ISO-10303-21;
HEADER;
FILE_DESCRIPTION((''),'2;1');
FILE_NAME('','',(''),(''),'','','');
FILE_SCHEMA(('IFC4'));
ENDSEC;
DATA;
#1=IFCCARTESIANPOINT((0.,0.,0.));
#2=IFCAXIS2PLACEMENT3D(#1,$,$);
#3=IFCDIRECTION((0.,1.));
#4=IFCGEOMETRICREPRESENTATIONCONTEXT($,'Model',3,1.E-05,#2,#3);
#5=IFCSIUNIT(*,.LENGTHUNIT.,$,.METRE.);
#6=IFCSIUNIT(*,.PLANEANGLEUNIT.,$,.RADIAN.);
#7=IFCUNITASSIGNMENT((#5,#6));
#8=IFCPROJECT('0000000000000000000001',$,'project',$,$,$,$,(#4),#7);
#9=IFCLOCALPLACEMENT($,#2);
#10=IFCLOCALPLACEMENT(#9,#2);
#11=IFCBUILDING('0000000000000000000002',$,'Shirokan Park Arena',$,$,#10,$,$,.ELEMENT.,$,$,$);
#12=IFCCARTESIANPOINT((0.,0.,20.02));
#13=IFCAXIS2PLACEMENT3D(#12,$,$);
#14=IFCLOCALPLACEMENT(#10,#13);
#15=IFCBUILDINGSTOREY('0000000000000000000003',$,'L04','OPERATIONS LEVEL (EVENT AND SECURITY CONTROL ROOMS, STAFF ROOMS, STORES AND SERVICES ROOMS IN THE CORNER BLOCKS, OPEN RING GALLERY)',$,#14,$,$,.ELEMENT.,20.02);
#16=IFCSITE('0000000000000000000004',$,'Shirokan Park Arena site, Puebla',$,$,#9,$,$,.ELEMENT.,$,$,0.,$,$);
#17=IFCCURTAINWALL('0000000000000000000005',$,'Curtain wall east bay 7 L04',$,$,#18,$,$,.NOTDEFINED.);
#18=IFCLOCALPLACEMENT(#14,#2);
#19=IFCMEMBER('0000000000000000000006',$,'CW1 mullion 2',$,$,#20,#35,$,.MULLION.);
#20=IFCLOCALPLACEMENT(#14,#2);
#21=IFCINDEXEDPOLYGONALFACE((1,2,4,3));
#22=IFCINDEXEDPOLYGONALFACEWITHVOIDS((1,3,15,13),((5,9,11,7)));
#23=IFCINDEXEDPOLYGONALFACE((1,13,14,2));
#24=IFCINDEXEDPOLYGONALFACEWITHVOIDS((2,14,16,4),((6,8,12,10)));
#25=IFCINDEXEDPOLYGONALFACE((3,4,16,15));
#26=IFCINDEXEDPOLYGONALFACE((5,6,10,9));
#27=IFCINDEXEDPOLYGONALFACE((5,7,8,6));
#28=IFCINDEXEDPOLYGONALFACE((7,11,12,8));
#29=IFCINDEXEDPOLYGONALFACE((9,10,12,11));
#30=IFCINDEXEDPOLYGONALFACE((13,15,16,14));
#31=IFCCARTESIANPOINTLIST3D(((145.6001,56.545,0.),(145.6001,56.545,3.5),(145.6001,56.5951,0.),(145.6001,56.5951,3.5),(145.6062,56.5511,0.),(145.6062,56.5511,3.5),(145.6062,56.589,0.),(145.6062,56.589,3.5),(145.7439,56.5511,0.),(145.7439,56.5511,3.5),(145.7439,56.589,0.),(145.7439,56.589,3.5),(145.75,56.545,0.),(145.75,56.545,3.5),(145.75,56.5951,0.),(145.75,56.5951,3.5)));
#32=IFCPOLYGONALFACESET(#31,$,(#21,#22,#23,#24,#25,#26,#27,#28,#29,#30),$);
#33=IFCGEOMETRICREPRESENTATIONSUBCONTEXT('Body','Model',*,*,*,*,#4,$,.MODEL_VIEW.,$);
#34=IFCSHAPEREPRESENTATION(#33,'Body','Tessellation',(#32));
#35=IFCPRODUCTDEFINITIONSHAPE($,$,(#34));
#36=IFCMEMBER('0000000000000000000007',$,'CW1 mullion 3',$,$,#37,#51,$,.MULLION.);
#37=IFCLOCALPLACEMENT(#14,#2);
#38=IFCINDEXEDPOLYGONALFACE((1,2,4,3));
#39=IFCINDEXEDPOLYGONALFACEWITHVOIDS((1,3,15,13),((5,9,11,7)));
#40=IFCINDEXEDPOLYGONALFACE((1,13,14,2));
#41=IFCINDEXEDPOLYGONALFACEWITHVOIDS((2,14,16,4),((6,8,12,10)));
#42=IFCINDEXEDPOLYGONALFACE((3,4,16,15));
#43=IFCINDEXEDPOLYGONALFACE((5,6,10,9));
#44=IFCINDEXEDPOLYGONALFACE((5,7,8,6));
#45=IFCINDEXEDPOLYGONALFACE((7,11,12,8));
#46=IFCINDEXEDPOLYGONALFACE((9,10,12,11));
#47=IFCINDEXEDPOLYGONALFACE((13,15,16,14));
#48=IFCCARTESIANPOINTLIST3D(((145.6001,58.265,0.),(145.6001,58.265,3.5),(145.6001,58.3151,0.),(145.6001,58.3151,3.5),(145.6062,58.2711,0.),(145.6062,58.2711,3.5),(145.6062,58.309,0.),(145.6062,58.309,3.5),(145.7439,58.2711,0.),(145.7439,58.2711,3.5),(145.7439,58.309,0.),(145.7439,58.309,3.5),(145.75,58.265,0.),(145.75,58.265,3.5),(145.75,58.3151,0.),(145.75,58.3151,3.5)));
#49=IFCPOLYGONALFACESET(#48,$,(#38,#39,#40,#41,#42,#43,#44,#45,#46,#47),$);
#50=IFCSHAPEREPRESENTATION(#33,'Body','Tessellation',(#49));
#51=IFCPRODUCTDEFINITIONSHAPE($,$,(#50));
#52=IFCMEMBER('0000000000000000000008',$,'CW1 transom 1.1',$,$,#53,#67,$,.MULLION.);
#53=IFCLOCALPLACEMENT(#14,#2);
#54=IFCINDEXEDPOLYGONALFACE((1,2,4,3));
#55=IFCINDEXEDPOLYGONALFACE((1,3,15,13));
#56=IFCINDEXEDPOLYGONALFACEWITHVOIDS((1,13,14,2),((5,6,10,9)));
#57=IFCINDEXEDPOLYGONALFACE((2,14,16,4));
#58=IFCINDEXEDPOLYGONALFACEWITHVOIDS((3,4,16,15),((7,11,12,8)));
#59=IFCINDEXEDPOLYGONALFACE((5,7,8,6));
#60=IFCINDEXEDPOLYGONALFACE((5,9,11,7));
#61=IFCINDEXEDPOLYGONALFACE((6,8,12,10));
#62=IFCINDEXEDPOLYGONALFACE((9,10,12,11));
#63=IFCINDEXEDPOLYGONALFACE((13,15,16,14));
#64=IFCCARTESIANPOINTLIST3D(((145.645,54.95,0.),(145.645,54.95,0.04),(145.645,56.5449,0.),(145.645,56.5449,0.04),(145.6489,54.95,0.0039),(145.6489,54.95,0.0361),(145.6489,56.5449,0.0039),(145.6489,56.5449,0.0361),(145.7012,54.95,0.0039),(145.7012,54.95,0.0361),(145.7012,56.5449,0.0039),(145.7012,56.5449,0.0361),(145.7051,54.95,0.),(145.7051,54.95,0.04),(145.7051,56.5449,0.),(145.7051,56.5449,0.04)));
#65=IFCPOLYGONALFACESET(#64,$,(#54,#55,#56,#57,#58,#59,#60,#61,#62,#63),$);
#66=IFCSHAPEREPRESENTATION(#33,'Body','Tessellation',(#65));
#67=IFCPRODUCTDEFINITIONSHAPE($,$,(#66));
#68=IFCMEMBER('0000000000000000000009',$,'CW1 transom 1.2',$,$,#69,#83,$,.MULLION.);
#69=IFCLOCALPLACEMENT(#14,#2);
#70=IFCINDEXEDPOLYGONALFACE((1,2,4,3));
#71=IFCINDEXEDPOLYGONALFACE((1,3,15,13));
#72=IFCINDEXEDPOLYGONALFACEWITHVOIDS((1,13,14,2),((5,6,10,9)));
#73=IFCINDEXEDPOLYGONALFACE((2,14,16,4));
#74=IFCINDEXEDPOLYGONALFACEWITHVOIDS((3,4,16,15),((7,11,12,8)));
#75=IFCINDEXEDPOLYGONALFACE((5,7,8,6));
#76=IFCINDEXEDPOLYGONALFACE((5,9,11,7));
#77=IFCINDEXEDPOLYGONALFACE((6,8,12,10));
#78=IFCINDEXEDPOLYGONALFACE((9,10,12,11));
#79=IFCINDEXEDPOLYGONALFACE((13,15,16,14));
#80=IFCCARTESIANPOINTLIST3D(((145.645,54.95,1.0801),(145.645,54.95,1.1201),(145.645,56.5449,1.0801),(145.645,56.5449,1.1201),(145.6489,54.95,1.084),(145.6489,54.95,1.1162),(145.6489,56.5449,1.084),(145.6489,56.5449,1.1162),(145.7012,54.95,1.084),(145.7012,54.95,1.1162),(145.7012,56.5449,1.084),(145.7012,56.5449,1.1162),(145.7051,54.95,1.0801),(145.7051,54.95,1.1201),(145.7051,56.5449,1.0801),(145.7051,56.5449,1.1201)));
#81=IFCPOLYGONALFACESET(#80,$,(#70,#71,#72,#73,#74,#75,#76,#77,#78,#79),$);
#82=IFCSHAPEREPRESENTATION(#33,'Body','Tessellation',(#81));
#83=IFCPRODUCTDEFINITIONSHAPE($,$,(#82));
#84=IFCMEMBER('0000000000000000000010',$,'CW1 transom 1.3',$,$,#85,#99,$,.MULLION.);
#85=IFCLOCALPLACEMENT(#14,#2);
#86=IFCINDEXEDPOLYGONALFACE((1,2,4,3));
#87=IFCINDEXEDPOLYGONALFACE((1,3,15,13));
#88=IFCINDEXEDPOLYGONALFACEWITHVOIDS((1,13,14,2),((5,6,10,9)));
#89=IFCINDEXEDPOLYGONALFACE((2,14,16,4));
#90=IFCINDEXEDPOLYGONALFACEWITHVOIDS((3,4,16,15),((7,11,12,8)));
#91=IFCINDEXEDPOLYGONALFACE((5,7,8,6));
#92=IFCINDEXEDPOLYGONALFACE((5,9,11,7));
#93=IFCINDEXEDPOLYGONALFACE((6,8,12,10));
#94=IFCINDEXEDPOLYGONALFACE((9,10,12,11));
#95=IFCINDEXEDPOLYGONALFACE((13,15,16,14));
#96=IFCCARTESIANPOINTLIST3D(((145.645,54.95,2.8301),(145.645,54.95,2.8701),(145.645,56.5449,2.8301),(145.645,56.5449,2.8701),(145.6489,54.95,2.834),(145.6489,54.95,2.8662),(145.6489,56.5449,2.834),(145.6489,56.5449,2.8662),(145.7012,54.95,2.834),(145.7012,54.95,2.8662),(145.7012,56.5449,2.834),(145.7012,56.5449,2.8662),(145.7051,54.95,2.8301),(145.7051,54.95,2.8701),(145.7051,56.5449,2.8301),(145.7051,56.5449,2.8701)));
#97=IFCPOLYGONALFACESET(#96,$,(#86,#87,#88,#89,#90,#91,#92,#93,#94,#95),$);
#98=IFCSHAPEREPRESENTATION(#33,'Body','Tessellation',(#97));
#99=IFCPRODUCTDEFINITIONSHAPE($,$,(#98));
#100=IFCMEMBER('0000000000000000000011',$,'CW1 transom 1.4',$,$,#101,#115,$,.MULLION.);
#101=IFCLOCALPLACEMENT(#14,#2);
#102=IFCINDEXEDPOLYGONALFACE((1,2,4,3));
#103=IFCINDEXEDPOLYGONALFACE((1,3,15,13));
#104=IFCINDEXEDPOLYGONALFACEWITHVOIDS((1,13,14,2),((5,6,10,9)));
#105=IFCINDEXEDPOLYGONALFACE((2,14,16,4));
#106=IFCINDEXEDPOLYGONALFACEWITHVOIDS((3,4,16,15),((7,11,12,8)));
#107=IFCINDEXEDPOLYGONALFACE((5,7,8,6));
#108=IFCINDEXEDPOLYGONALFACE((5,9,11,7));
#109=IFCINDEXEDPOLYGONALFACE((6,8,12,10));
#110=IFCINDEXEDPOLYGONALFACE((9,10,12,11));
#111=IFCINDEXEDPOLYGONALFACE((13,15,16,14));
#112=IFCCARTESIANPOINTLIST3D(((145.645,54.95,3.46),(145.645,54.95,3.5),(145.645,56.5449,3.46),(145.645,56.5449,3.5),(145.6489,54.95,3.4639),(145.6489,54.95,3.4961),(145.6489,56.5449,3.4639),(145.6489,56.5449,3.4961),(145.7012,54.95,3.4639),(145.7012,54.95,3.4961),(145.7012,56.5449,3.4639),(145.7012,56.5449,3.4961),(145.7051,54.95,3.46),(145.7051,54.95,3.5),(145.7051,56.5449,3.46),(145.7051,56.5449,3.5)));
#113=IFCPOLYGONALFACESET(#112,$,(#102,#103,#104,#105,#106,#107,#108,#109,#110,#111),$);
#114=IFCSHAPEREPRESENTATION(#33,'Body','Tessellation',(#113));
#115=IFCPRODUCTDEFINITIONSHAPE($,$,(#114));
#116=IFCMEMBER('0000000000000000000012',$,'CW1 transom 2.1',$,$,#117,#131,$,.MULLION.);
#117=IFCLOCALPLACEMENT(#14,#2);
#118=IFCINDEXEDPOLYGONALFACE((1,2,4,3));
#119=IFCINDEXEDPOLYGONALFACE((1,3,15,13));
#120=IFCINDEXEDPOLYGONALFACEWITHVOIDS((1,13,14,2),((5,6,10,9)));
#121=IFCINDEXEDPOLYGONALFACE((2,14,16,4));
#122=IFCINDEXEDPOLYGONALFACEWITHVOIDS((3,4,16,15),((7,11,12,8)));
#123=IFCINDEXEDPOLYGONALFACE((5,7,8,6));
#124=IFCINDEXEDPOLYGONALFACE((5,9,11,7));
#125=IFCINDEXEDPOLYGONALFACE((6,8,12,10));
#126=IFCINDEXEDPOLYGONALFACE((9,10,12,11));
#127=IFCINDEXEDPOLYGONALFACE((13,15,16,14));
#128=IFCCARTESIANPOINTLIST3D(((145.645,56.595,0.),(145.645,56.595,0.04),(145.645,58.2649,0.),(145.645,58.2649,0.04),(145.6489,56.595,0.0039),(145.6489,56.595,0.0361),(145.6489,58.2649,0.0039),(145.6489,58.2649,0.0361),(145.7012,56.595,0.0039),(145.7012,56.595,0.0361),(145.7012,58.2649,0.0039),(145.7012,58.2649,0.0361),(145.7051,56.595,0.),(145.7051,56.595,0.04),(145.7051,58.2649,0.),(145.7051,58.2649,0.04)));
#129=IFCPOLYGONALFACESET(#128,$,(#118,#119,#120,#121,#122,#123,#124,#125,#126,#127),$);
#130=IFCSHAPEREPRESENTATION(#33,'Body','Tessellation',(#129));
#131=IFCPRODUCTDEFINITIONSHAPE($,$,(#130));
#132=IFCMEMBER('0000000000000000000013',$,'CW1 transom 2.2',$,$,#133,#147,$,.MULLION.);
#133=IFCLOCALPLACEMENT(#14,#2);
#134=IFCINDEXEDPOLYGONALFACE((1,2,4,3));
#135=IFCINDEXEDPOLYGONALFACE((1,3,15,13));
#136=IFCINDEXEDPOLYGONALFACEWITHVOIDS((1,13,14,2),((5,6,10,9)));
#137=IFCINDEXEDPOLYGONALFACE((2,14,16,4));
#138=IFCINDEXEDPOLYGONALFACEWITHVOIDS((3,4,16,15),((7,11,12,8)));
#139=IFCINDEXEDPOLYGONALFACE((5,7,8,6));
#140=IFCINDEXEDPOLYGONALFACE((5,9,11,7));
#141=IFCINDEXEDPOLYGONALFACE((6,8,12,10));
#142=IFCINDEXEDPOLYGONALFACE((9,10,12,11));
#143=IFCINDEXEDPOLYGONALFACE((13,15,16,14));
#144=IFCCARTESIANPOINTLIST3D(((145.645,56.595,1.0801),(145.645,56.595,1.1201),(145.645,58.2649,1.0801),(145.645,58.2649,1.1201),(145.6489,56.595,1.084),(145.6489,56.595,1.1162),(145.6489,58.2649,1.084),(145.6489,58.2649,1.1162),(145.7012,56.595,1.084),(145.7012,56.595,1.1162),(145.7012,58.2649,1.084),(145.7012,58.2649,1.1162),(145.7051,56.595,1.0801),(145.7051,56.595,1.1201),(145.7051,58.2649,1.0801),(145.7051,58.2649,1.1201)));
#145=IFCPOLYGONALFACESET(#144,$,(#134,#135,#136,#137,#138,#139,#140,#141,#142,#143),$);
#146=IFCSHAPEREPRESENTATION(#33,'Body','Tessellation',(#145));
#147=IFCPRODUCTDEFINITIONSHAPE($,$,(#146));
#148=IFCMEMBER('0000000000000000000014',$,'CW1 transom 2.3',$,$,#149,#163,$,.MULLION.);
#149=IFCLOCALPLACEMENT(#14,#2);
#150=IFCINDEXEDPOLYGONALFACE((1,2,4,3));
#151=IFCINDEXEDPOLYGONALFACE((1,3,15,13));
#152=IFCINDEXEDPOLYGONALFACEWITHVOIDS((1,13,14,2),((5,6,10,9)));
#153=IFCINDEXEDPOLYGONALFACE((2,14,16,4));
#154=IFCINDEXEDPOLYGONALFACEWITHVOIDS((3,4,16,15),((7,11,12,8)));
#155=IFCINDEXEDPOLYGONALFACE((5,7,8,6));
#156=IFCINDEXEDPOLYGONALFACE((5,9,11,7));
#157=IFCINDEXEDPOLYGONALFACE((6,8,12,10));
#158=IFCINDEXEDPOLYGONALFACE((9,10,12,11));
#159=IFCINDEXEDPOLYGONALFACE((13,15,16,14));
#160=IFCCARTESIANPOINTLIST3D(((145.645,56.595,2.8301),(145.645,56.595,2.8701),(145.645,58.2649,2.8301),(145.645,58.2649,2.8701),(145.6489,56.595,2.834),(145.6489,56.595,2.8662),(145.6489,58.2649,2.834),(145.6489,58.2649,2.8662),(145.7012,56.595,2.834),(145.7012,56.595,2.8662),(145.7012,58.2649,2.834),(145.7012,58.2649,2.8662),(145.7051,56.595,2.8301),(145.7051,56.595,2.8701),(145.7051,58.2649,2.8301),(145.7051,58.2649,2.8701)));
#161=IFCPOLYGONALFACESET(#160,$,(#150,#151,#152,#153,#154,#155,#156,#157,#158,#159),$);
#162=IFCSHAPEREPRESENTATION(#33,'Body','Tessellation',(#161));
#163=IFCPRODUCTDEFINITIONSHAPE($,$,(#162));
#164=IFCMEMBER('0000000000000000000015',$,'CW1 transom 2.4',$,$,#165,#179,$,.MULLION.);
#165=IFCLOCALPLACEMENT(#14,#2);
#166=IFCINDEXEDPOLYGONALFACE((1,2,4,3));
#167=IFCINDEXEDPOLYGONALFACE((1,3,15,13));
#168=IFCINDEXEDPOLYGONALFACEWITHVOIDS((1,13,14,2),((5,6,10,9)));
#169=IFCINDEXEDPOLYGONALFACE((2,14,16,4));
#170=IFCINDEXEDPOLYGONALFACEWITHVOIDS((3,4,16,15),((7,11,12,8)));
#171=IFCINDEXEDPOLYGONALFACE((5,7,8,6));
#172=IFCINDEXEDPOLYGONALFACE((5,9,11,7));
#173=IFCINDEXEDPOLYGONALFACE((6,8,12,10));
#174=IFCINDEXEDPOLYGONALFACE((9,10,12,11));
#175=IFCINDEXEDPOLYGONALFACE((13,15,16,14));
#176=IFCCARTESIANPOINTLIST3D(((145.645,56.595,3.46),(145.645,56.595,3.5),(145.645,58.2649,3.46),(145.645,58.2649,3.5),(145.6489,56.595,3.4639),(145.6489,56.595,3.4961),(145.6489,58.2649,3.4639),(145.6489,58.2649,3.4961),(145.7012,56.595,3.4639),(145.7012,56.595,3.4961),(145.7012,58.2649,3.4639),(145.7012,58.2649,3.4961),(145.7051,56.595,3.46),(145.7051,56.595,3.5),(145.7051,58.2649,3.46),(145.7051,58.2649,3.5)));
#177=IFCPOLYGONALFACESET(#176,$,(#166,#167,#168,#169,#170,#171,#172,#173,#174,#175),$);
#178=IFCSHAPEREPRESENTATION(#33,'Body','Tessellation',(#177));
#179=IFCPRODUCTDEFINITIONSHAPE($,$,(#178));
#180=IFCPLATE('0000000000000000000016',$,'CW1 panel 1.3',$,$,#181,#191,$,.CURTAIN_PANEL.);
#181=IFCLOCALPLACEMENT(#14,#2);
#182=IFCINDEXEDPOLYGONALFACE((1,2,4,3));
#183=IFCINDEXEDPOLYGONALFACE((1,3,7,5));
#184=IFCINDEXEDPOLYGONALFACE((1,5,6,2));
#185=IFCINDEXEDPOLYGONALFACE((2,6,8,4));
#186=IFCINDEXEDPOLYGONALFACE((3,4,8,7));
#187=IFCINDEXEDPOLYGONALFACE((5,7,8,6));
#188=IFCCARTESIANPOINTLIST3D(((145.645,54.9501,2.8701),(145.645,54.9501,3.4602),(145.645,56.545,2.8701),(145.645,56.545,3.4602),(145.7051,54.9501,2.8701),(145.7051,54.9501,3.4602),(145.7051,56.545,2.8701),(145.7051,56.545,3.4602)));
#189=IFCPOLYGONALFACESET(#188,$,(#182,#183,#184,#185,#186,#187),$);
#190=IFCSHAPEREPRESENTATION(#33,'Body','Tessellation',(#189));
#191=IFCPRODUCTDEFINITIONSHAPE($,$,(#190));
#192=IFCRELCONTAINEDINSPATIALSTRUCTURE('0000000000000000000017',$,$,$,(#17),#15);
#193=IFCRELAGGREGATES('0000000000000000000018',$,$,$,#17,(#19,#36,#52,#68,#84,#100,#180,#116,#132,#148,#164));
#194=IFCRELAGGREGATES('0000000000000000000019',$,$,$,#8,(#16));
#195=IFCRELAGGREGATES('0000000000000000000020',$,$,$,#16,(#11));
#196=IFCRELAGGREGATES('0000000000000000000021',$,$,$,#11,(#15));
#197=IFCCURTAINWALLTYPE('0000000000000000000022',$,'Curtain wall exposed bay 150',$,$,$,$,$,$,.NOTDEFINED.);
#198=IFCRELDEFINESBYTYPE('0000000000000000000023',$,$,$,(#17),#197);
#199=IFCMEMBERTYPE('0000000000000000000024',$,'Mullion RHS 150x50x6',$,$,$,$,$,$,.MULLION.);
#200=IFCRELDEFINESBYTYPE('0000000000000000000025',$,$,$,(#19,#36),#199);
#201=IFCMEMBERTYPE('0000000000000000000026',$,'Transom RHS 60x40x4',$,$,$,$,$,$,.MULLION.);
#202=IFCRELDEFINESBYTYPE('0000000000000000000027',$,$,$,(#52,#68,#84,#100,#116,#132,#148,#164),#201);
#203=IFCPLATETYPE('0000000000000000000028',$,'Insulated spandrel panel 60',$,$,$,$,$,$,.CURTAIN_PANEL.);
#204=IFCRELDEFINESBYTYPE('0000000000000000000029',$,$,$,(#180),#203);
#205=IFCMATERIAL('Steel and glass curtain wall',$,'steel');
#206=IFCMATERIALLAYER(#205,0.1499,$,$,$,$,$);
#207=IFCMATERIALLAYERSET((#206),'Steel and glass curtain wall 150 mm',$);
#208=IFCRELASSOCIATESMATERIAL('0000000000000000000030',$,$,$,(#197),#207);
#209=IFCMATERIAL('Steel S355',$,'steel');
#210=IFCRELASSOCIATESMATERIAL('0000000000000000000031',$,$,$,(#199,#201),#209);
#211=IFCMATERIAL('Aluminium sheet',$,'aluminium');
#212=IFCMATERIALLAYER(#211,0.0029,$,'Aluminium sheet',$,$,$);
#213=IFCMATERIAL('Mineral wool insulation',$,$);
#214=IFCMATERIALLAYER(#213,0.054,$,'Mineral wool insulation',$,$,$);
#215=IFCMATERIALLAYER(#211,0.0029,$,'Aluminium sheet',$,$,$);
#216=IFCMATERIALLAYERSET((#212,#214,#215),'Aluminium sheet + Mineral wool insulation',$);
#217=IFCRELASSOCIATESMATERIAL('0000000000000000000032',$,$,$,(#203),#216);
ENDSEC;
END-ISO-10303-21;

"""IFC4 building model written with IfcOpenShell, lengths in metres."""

from ifc_helpers import new_model, si_unit, direction, frame, origin, origin_2d, place, context, subcontext, project, spatial, rectangle, hollow_rectangle, extrude, material, layer, layer_set, material_profile, profile_set, type_object, element, aggregate, save


model = new_model("IFC4")

# Units and contexts
model_context = context("Model", 3, precision=1e-05, world=origin(), true_north=direction((0.0, 1.0)))
body_context = subcontext(model_context, "Body", "Model", "MODEL_VIEW")
ifc_project = project(units=[si_unit("LENGTHUNIT", "METRE"), si_unit("PLANEANGLEUNIT", "RADIAN")], contexts=[model_context])

# Site, building, storey
site_placement = place(None, origin())
site = spatial("IfcSite", under=ifc_project, at=site_placement, Name="Shirokan Park Arena site, Puebla", CompositionType="ELEMENT", RefElevation=0.0)
building_placement = place(site_placement, origin())
building = spatial("IfcBuilding", under=site, at=building_placement, Name="Shirokan Park Arena", CompositionType="ELEMENT")
storey_placement = place(building_placement, frame((0.0, 0.0, 20.02)))
storey = spatial("IfcBuildingStorey", under=building, at=storey_placement, Name="L04", Description="OPERATIONS LEVEL (EVENT AND SECURITY CONTROL ROOMS, STAFF ROOMS, STORES AND SERVICES ROOMS IN THE CORNER BLOCKS, OPEN RING GALLERY)", CompositionType="ELEMENT", Elevation=20.02)

# Curtain wall, members, plate
ifc_material_1 = material(Name="Steel and glass curtain wall", Category="steel")
ifc_layer_1 = layer(ifc_material_1, 0.1499)
ifc_layer_set_1 = layer_set([ifc_layer_1], Name="Steel and glass curtain wall 150 mm")
curtain_wall_type = type_object("IfcCurtainWallType", Name="Curtain wall exposed bay 150", PredefinedType="NOTDEFINED", material=ifc_layer_set_1)
curtain_wall_placement = place(storey_placement, origin())
curtain_wall = element("IfcCurtainWall", 1, at=curtain_wall_placement, inside=storey, type_object=curtain_wall_type, Name="Curtain wall east bay 7 L04", PredefinedType="NOTDEFINED")
ifc_material_2 = material(Name="Steel S355", Category="steel")
ifc_material_profile_1 = material_profile(ifc_material_2, hollow_rectangle(XDim=0.1499, YDim=0.05, WallThickness=0.0061, at=origin_2d()), Name="RHS 150x50x6")
ifc_profile_set_1 = profile_set([ifc_material_profile_1], Name="Steel S355")
member_type_1 = type_object("IfcMemberType", Name="Mullion RHS 150x50x6", PredefinedType="MULLION", material=ifc_profile_set_1)
member_1_placement = place(storey_placement, frame((145.675, 56.5701, 0.0), z_axis=(0.0, 0.0, 1.0), x_axis=(-1.0, 0.0, 0.0)))
member_1 = element("IfcMember", 2, at=member_1_placement, type_object=member_type_1, Name="CW1 mullion 2", PredefinedType="MULLION", context=body_context, shape_type="SweptSolid", body=[
    extrude(hollow_rectangle(XDim=0.1499, YDim=0.05, WallThickness=0.0061, at=origin_2d()), origin(), (0.0, 0.0, 1.0), 3.5),
])
member_2_placement = place(storey_placement, frame((145.675, 58.29, 0.0), z_axis=(0.0, 0.0, 1.0), x_axis=(-1.0, 0.0, 0.0)))
member_2 = element("IfcMember", 3, at=member_2_placement, type_object=member_type_1, Name="CW1 mullion 3", PredefinedType="MULLION", context=body_context, shape_type="SweptSolid", body=[
    extrude(hollow_rectangle(XDim=0.1499, YDim=0.05, WallThickness=0.0061, at=origin_2d()), origin(), (0.0, 0.0, 1.0), 3.5),
])
ifc_material_profile_2 = material_profile(ifc_material_2, hollow_rectangle(XDim=0.0601, YDim=0.04, WallThickness=0.0039, at=origin_2d()), Name="RHS 60x40x4")
ifc_profile_set_2 = profile_set([ifc_material_profile_2], Name="Steel S355")
member_type_2 = type_object("IfcMemberType", Name="Transom RHS 60x40x4", PredefinedType="MULLION", material=ifc_profile_set_2)
member_3_placement = place(storey_placement, frame((145.675, 54.95, 0.02), z_axis=(0.0, 1.0, 0.0), x_axis=(-1.0, 0.0, 0.0)))
member_3 = element("IfcMember", 4, at=member_3_placement, type_object=member_type_2, Name="CW1 transom 1.1", PredefinedType="MULLION", context=body_context, shape_type="SweptSolid", body=[
    extrude(hollow_rectangle(XDim=0.0601, YDim=0.04, WallThickness=0.0039, at=origin_2d()), origin(), (0.0, 0.0, 1.0), 1.595),
])
member_4_placement = place(storey_placement, frame((145.675, 54.95, 1.1001), z_axis=(0.0, 1.0, 0.0), x_axis=(-1.0, 0.0, 0.0)))
member_4 = element("IfcMember", 5, at=member_4_placement, type_object=member_type_2, Name="CW1 transom 1.2", PredefinedType="MULLION", context=body_context, shape_type="SweptSolid", body=[
    extrude(hollow_rectangle(XDim=0.0601, YDim=0.04, WallThickness=0.0039, at=origin_2d()), origin(), (0.0, 0.0, 1.0), 1.595),
])
member_5_placement = place(storey_placement, frame((145.675, 54.95, 2.8501), z_axis=(0.0, 1.0, 0.0), x_axis=(-1.0, 0.0, 0.0)))
member_5 = element("IfcMember", 6, at=member_5_placement, type_object=member_type_2, Name="CW1 transom 1.3", PredefinedType="MULLION", context=body_context, shape_type="SweptSolid", body=[
    extrude(hollow_rectangle(XDim=0.0601, YDim=0.04, WallThickness=0.0039, at=origin_2d()), origin(), (0.0, 0.0, 1.0), 1.595),
])
member_6_placement = place(storey_placement, frame((145.675, 54.95, 3.48), z_axis=(0.0, 1.0, 0.0), x_axis=(-1.0, 0.0, 0.0)))
member_6 = element("IfcMember", 7, at=member_6_placement, type_object=member_type_2, Name="CW1 transom 1.4", PredefinedType="MULLION", context=body_context, shape_type="SweptSolid", body=[
    extrude(hollow_rectangle(XDim=0.0601, YDim=0.04, WallThickness=0.0039, at=origin_2d()), origin(), (0.0, 0.0, 1.0), 1.595),
])
member_7_placement = place(storey_placement, frame((145.675, 56.595, 0.02), z_axis=(0.0, 1.0, 0.0), x_axis=(-1.0, 0.0, 0.0)))
member_7 = element("IfcMember", 8, at=member_7_placement, type_object=member_type_2, Name="CW1 transom 2.1", PredefinedType="MULLION", context=body_context, shape_type="SweptSolid", body=[
    extrude(hollow_rectangle(XDim=0.0601, YDim=0.04, WallThickness=0.0039, at=origin_2d()), origin(), (0.0, 0.0, 1.0), 1.6699),
])
member_8_placement = place(storey_placement, frame((145.675, 56.595, 1.1001), z_axis=(0.0, 1.0, 0.0), x_axis=(-1.0, 0.0, 0.0)))
member_8 = element("IfcMember", 9, at=member_8_placement, type_object=member_type_2, Name="CW1 transom 2.2", PredefinedType="MULLION", context=body_context, shape_type="SweptSolid", body=[
    extrude(hollow_rectangle(XDim=0.0601, YDim=0.04, WallThickness=0.0039, at=origin_2d()), origin(), (0.0, 0.0, 1.0), 1.6699),
])
member_9_placement = place(storey_placement, frame((145.675, 56.595, 2.8501), z_axis=(0.0, 1.0, 0.0), x_axis=(-1.0, 0.0, 0.0)))
member_9 = element("IfcMember", 10, at=member_9_placement, type_object=member_type_2, Name="CW1 transom 2.3", PredefinedType="MULLION", context=body_context, shape_type="SweptSolid", body=[
    extrude(hollow_rectangle(XDim=0.0601, YDim=0.04, WallThickness=0.0039, at=origin_2d()), origin(), (0.0, 0.0, 1.0), 1.6699),
])
member_10_placement = place(storey_placement, frame((145.675, 56.595, 3.48), z_axis=(0.0, 1.0, 0.0), x_axis=(-1.0, 0.0, 0.0)))
member_10 = element("IfcMember", 11, at=member_10_placement, type_object=member_type_2, Name="CW1 transom 2.4", PredefinedType="MULLION", context=body_context, shape_type="SweptSolid", body=[
    extrude(hollow_rectangle(XDim=0.0601, YDim=0.04, WallThickness=0.0039, at=origin_2d()), origin(), (0.0, 0.0, 1.0), 1.6699),
])
ifc_material_3 = material(Name="Aluminium sheet", Category="aluminium")
ifc_layer_2 = layer(ifc_material_3, 0.0029, Name="Aluminium sheet")
ifc_material_4 = material(Name="Mineral wool insulation")
ifc_layer_3 = layer(ifc_material_4, 0.054, Name="Mineral wool insulation")
ifc_layer_4 = layer(ifc_material_3, 0.0029, Name="Aluminium sheet")
ifc_layer_set_2 = layer_set([ifc_layer_2, ifc_layer_3, ifc_layer_4], Name="Aluminium sheet + Mineral wool insulation")
plate_type_1 = type_object("IfcPlateType", Name="Insulated spandrel panel 60", PredefinedType="CURTAIN_PANEL", material=ifc_layer_set_2)
plate_1_placement = place(storey_placement, frame((145.675, 55.7476, 2.8701), z_axis=(0.0, 0.0, 1.0), x_axis=(0.0, 1.0, 0.0)))
plate_1 = element("IfcPlate", 12, at=plate_1_placement, type_object=plate_type_1, Name="CW1 panel 1.3", PredefinedType="CURTAIN_PANEL", context=body_context, shape_type="SweptSolid", body=[
    extrude(rectangle(XDim=1.595, YDim=0.0601, at=origin_2d()), origin(), (0.0, 0.0, 1.0), 0.5901),
])
aggregate(curtain_wall, [member_1, member_2, member_3, member_4, member_5, member_6, plate_1, member_7, member_8, member_9, member_10])

save(model, "model.ifc")
